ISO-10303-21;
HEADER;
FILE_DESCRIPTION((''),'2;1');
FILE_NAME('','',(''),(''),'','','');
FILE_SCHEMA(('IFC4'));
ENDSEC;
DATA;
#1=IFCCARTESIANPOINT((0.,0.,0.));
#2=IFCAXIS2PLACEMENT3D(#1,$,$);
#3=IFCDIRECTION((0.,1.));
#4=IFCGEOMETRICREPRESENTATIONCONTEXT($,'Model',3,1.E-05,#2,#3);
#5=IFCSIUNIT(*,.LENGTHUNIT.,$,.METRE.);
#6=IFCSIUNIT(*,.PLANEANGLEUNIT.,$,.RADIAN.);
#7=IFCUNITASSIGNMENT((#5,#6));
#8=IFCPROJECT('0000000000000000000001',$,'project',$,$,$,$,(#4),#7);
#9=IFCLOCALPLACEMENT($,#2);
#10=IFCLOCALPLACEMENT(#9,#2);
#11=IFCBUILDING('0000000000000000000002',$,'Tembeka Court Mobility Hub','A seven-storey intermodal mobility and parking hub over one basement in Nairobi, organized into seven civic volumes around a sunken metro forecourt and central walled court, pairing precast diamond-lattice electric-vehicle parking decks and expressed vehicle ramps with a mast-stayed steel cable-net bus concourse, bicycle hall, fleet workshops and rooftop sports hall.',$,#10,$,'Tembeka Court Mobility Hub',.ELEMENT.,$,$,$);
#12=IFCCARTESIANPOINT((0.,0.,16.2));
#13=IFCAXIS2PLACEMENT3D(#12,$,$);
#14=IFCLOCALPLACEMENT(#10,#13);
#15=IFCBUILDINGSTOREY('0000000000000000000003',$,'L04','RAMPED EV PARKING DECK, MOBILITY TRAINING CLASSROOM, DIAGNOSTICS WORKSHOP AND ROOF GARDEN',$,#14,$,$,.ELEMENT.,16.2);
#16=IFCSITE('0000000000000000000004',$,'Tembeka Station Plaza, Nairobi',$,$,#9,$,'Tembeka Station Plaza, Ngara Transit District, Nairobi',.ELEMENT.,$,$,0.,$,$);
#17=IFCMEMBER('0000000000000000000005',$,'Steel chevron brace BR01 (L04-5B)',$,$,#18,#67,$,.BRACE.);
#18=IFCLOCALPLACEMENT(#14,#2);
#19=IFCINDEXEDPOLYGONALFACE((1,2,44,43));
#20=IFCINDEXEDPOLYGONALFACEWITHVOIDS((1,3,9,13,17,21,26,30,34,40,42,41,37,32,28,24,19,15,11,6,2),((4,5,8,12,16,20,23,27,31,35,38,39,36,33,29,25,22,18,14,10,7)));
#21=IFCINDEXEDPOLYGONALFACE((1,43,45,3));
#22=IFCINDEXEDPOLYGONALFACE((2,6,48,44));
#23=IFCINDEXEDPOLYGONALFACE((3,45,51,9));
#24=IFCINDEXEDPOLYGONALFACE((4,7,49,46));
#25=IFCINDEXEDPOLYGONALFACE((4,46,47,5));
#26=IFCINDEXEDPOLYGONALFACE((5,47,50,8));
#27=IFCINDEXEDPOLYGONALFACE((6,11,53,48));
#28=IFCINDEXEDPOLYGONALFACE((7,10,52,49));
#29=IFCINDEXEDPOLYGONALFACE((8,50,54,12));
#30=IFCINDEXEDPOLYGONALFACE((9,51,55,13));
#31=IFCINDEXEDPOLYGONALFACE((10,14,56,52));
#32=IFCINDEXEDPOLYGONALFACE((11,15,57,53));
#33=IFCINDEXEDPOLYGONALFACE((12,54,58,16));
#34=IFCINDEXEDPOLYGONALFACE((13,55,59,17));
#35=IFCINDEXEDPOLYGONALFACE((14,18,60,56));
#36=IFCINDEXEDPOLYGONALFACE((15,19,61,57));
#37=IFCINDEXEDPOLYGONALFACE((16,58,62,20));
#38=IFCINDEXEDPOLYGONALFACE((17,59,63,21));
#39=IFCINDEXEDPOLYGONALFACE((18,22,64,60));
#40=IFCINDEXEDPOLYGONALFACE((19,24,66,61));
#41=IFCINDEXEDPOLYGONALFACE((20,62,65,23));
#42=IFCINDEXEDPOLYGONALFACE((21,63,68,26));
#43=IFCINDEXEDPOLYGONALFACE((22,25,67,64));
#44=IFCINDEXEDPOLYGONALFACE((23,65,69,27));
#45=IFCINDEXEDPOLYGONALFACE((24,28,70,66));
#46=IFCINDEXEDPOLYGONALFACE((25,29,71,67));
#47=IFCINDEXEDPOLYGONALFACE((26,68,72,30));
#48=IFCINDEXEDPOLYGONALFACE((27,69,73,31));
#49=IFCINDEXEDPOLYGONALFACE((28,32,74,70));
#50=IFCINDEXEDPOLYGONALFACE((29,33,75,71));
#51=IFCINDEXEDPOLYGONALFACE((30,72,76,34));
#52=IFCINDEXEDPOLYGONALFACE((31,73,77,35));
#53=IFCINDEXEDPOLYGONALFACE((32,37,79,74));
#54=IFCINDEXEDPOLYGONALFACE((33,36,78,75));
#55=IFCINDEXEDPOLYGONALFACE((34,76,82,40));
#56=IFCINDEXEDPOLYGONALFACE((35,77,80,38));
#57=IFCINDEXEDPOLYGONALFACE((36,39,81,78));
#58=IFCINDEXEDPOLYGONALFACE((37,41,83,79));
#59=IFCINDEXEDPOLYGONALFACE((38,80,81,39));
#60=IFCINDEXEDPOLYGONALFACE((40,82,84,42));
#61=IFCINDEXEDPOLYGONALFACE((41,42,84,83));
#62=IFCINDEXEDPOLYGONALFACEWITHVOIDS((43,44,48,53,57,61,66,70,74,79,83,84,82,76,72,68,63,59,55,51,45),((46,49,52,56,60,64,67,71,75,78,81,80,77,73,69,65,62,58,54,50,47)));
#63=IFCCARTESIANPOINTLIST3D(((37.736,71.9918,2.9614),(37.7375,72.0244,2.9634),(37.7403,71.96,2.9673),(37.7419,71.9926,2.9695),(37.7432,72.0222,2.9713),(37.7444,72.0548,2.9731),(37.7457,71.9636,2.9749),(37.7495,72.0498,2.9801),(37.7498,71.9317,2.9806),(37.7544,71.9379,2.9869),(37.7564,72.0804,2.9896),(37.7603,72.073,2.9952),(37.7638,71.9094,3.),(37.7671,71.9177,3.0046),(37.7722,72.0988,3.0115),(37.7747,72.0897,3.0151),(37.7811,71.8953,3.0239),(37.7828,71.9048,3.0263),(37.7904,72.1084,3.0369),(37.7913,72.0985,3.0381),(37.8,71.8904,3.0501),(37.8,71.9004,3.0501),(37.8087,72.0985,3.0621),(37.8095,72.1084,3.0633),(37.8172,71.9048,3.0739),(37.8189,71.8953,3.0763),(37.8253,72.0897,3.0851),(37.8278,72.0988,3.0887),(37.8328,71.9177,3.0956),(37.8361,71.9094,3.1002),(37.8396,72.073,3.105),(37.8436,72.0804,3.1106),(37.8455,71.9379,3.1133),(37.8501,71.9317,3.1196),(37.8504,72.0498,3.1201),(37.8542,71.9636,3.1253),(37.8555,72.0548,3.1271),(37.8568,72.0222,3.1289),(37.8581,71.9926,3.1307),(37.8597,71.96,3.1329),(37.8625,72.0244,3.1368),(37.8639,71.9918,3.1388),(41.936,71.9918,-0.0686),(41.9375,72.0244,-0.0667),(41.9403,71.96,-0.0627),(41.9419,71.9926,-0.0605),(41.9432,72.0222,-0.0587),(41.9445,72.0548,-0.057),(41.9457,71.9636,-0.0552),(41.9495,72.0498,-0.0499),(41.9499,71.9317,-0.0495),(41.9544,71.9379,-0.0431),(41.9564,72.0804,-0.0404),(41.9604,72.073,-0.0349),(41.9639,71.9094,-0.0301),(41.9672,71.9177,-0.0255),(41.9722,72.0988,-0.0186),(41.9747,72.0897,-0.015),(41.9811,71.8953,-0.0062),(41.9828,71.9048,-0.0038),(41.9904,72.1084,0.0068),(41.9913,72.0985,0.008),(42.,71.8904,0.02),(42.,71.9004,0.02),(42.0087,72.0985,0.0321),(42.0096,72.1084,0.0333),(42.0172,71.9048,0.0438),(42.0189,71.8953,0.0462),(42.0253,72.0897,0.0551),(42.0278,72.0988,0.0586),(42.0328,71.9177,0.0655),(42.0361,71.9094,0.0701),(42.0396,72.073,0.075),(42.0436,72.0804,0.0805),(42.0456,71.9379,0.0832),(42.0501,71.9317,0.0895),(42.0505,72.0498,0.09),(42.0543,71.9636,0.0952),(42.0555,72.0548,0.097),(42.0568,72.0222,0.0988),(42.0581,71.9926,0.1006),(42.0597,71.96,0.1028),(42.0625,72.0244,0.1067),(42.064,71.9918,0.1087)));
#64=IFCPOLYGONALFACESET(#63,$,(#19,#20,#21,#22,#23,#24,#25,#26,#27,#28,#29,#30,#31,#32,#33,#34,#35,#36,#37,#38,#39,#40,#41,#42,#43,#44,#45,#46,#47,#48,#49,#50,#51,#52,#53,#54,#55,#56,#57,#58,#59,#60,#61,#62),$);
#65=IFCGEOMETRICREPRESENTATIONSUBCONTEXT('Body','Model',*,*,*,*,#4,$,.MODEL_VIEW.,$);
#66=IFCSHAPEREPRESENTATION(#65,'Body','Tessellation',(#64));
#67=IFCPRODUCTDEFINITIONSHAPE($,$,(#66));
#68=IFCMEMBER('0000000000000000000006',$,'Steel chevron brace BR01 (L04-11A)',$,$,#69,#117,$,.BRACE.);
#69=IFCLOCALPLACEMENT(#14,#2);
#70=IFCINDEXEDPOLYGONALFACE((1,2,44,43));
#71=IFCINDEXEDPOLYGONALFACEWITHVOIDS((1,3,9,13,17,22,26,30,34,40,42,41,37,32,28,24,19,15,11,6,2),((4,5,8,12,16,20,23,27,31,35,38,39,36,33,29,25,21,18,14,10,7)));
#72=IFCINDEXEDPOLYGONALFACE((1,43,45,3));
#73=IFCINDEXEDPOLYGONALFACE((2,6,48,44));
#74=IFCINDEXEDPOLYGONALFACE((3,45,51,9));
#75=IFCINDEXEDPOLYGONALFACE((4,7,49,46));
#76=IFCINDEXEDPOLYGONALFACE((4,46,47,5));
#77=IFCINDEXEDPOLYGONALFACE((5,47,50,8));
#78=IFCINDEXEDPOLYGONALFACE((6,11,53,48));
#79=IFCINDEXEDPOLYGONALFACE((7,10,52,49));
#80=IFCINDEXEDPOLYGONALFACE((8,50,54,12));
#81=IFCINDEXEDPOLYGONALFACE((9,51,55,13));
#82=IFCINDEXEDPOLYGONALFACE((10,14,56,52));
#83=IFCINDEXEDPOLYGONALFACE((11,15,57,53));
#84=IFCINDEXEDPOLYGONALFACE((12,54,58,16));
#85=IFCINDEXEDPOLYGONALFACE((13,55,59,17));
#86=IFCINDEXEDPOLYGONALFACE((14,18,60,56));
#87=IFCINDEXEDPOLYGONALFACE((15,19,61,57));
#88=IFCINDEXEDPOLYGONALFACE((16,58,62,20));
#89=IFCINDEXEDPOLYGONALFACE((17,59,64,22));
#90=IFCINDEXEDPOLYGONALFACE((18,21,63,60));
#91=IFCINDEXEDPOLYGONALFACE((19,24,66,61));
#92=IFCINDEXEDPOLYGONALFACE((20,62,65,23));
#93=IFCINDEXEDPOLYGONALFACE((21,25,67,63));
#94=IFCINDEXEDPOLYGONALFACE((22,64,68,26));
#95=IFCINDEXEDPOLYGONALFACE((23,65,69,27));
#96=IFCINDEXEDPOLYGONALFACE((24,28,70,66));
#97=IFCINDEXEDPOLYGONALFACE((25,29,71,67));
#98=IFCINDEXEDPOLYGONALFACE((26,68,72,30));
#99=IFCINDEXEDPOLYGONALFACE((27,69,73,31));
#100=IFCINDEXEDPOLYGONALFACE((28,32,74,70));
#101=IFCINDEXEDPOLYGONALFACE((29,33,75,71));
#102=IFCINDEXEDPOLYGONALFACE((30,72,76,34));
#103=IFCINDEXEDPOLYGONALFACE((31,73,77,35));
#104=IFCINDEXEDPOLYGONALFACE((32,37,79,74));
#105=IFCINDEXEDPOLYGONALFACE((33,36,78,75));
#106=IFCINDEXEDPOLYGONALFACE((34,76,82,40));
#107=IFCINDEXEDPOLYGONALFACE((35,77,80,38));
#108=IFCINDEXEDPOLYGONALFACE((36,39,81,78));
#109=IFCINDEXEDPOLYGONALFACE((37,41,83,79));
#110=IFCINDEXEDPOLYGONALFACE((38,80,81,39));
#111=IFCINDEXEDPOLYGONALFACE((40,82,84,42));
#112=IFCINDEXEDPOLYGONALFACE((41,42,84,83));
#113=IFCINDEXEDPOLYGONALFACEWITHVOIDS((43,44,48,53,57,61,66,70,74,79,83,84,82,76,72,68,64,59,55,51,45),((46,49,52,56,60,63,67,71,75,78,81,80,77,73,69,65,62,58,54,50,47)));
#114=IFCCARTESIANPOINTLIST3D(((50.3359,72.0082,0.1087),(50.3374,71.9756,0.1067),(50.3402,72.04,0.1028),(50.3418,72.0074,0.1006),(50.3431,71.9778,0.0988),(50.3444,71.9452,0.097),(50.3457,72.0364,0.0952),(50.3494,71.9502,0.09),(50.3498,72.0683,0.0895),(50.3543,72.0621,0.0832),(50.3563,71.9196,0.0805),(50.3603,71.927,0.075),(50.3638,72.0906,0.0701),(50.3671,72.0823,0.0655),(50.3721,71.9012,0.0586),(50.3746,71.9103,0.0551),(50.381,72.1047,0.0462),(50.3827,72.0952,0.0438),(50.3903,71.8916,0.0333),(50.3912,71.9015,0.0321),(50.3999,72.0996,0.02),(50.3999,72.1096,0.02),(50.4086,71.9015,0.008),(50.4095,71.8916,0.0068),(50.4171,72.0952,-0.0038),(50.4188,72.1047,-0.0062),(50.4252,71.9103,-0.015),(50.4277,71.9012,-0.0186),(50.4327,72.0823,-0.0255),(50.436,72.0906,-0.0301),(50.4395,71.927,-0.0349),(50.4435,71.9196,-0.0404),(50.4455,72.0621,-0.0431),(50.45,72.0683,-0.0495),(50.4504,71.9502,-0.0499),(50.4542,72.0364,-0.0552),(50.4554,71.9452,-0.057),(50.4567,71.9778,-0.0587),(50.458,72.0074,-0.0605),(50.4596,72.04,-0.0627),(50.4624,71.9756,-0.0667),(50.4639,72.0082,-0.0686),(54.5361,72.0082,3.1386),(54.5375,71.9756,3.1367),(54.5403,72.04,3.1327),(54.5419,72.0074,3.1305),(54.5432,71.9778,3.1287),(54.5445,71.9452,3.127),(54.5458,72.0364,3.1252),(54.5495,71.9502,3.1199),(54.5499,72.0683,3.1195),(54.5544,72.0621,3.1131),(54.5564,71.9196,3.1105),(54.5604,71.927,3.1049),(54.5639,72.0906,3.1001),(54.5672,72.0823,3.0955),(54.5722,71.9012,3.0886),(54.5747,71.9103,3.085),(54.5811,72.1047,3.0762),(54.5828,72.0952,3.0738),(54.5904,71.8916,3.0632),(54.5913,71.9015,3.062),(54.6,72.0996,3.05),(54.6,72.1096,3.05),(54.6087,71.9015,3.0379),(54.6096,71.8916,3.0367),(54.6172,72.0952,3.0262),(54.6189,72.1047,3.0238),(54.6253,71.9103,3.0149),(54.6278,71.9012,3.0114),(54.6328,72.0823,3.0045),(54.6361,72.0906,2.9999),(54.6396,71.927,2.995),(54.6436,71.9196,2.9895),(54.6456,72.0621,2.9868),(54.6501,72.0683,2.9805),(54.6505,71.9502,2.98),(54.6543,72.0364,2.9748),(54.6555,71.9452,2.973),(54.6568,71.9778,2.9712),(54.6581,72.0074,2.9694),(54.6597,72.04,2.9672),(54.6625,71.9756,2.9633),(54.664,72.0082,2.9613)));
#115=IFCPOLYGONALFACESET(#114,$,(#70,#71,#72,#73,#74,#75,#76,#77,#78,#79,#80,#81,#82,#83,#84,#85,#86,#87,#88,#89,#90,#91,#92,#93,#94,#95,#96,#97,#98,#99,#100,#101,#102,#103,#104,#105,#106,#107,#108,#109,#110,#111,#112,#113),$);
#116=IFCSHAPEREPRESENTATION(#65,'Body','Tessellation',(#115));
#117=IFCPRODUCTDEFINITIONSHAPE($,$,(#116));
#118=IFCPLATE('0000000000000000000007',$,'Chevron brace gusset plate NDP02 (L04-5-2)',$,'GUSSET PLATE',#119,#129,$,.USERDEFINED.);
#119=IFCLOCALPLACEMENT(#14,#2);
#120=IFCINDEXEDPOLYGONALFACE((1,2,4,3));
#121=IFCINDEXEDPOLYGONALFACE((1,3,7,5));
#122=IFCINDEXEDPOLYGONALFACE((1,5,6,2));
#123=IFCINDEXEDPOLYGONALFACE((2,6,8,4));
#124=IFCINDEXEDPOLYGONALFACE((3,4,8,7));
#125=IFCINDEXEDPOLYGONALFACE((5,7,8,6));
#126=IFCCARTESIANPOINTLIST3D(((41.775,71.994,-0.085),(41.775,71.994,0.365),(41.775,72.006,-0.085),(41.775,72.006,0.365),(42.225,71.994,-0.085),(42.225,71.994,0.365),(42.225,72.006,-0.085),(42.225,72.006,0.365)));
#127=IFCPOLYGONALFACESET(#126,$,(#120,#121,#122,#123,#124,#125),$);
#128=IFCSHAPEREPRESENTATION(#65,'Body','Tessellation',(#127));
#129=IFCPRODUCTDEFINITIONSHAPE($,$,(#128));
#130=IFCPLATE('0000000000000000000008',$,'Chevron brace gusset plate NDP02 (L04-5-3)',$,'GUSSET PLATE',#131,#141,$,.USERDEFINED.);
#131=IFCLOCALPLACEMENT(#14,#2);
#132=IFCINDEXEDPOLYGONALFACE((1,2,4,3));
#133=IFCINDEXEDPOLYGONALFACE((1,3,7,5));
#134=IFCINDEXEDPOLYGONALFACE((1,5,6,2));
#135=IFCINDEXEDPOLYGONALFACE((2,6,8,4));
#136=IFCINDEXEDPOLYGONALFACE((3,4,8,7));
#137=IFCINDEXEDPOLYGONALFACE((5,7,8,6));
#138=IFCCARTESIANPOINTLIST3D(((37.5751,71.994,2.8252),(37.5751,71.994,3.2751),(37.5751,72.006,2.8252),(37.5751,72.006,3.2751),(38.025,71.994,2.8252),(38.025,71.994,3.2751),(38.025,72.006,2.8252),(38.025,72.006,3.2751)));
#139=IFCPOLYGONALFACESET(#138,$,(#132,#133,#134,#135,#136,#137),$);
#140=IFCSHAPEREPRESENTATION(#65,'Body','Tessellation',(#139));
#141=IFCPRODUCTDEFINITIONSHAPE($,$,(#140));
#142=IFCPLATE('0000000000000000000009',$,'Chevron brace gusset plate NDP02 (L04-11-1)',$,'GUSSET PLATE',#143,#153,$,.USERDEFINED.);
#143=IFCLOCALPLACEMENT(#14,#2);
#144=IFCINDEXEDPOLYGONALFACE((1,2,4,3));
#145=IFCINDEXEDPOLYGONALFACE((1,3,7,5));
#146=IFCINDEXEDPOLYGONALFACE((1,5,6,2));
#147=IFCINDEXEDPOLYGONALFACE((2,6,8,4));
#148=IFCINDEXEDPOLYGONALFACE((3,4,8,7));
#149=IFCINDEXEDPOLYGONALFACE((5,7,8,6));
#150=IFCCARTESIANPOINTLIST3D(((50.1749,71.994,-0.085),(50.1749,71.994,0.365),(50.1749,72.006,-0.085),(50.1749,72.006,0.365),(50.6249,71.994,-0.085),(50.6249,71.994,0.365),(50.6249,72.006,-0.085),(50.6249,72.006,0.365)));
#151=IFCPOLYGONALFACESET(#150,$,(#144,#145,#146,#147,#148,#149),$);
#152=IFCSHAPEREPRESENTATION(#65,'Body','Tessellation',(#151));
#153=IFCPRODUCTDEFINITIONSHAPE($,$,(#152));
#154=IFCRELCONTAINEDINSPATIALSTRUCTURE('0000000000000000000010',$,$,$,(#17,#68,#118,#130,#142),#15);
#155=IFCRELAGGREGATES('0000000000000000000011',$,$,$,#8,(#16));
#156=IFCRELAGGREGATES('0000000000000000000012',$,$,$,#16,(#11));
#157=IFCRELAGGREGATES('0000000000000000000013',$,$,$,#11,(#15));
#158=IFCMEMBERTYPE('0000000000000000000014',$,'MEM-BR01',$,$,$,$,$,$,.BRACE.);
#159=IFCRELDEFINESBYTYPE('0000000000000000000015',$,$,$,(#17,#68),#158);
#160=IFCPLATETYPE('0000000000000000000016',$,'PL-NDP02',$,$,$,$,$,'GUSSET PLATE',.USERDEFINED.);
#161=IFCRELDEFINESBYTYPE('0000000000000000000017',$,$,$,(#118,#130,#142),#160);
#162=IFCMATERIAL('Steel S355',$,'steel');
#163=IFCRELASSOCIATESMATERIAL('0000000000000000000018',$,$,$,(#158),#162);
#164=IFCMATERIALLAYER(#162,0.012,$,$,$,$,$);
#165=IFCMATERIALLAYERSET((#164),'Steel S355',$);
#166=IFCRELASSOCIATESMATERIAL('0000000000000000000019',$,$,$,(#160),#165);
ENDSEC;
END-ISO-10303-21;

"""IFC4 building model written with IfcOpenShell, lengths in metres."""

from ifc_helpers import new_model, si_unit, direction, frame, origin, origin_2d, place, context, subcontext, project, spatial, rectangle, hollow_circle, extrude, material, layer, layer_set, material_profile, profile_set, type_object, element, save


model = new_model("IFC4")

# Units and contexts
model_context = context("Model", 3, precision=1e-05, world=origin(), true_north=direction((0.0, 1.0)))
body_context = subcontext(model_context, "Body", "Model", "MODEL_VIEW")
ifc_project = project(units=[si_unit("LENGTHUNIT", "METRE"), si_unit("PLANEANGLEUNIT", "RADIAN")], contexts=[model_context])

# Site, building, storey
site_placement = place(None, origin())
site = spatial("IfcSite", under=ifc_project, at=site_placement, Name="Tembeka Station Plaza, Nairobi", LongName="Tembeka Station Plaza, Ngara Transit District, Nairobi", CompositionType="ELEMENT", RefElevation=0.0)
building_placement = place(site_placement, origin())
building = spatial("IfcBuilding", under=site, at=building_placement, Name="Tembeka Court Mobility Hub", Description="A seven-storey intermodal mobility and parking hub over one basement in Nairobi, organized into seven civic volumes around a sunken metro forecourt and central walled court, pairing precast diamond-lattice electric-vehicle parking decks and expressed vehicle ramps with a mast-stayed steel cable-net bus concourse, bicycle hall, fleet workshops and rooftop sports hall.", LongName="Tembeka Court Mobility Hub", CompositionType="ELEMENT")
storey_placement = place(building_placement, frame((0.0, 0.0, 16.2)))
storey = spatial("IfcBuildingStorey", under=building, at=storey_placement, Name="L04", Description="RAMPED EV PARKING DECK, MOBILITY TRAINING CLASSROOM, DIAGNOSTICS WORKSHOP AND ROOF GARDEN", CompositionType="ELEMENT", Elevation=16.2)

# Shared definitions
ifc_material_1 = material(Name="Steel S355", Category="steel")

# Members
ifc_material_profile_1 = material_profile(ifc_material_1, hollow_circle(Radius=0.1096, WallThickness=0.01, at=origin_2d()), Name="CHS 219.1x10")
ifc_profile_set_1 = profile_set([ifc_material_profile_1], Name="Steel S355")
member_type = type_object("IfcMemberType", Name="MEM-BR01", PredefinedType="BRACE", material=ifc_profile_set_1)
for number, where, z_axis, x_axis, name in (
    (1, (42.0, 72.0, 0.02), (-0.810979, 0.0, 0.585076), (0.0, -1.0, 0.0), "Steel chevron brace BR01 (L04-5B)"),
    (2, (50.3999, 72.0, 0.02), (0.810995, 0.0, 0.585053), (0.0, 1.0, 0.0), "Steel chevron brace BR01 (L04-11A)"),
):
    element("IfcMember", number, at=place(storey_placement, frame(where, z_axis=z_axis, x_axis=x_axis)), inside=storey, type_object=member_type, Name=name, PredefinedType="BRACE", context=body_context, shape_type="SweptSolid", body=[
        extrude(hollow_circle(Radius=0.1096, WallThickness=0.01, at=origin_2d()), origin(), (0.0, 0.0, 1.0), 5.179),
    ])

# Plates
ifc_layer = layer(ifc_material_1, 0.012)
ifc_layer_set = layer_set([ifc_layer], Name="Steel S355")
plate_type = type_object("IfcPlateType", Name="PL-NDP02", ElementType="GUSSET PLATE", PredefinedType="USERDEFINED", material=ifc_layer_set)
for number, where, z_axis, x_axis, name in (
    (3, (42.0, 72.0, -0.085), (0.0, 0.0, 1.0), (1.0, 0.0, 0.0), "Chevron brace gusset plate NDP02 (L04-5-2)"),
    (4, (37.8, 72.0, 2.8252), (0.0, 0.0, 1.0), (1.0, 0.0, 0.0), "Chevron brace gusset plate NDP02 (L04-5-3)"),
    (5, (50.3999, 72.0, -0.085), (0.0, 0.0, 1.0), (1.0, 0.0, 0.0), "Chevron brace gusset plate NDP02 (L04-11-1)"),
):
    element("IfcPlate", number, at=place(storey_placement, frame(where, z_axis=z_axis, x_axis=x_axis)), inside=storey, type_object=plate_type, Name=name, ObjectType="GUSSET PLATE", PredefinedType="USERDEFINED", context=body_context, shape_type="SweptSolid", body=[
        extrude(rectangle(XDim=0.45, YDim=0.012, at=origin_2d()), origin(), (0.0, 0.0, 1.0), 0.45),
    ])

save(model, "model.ifc")
